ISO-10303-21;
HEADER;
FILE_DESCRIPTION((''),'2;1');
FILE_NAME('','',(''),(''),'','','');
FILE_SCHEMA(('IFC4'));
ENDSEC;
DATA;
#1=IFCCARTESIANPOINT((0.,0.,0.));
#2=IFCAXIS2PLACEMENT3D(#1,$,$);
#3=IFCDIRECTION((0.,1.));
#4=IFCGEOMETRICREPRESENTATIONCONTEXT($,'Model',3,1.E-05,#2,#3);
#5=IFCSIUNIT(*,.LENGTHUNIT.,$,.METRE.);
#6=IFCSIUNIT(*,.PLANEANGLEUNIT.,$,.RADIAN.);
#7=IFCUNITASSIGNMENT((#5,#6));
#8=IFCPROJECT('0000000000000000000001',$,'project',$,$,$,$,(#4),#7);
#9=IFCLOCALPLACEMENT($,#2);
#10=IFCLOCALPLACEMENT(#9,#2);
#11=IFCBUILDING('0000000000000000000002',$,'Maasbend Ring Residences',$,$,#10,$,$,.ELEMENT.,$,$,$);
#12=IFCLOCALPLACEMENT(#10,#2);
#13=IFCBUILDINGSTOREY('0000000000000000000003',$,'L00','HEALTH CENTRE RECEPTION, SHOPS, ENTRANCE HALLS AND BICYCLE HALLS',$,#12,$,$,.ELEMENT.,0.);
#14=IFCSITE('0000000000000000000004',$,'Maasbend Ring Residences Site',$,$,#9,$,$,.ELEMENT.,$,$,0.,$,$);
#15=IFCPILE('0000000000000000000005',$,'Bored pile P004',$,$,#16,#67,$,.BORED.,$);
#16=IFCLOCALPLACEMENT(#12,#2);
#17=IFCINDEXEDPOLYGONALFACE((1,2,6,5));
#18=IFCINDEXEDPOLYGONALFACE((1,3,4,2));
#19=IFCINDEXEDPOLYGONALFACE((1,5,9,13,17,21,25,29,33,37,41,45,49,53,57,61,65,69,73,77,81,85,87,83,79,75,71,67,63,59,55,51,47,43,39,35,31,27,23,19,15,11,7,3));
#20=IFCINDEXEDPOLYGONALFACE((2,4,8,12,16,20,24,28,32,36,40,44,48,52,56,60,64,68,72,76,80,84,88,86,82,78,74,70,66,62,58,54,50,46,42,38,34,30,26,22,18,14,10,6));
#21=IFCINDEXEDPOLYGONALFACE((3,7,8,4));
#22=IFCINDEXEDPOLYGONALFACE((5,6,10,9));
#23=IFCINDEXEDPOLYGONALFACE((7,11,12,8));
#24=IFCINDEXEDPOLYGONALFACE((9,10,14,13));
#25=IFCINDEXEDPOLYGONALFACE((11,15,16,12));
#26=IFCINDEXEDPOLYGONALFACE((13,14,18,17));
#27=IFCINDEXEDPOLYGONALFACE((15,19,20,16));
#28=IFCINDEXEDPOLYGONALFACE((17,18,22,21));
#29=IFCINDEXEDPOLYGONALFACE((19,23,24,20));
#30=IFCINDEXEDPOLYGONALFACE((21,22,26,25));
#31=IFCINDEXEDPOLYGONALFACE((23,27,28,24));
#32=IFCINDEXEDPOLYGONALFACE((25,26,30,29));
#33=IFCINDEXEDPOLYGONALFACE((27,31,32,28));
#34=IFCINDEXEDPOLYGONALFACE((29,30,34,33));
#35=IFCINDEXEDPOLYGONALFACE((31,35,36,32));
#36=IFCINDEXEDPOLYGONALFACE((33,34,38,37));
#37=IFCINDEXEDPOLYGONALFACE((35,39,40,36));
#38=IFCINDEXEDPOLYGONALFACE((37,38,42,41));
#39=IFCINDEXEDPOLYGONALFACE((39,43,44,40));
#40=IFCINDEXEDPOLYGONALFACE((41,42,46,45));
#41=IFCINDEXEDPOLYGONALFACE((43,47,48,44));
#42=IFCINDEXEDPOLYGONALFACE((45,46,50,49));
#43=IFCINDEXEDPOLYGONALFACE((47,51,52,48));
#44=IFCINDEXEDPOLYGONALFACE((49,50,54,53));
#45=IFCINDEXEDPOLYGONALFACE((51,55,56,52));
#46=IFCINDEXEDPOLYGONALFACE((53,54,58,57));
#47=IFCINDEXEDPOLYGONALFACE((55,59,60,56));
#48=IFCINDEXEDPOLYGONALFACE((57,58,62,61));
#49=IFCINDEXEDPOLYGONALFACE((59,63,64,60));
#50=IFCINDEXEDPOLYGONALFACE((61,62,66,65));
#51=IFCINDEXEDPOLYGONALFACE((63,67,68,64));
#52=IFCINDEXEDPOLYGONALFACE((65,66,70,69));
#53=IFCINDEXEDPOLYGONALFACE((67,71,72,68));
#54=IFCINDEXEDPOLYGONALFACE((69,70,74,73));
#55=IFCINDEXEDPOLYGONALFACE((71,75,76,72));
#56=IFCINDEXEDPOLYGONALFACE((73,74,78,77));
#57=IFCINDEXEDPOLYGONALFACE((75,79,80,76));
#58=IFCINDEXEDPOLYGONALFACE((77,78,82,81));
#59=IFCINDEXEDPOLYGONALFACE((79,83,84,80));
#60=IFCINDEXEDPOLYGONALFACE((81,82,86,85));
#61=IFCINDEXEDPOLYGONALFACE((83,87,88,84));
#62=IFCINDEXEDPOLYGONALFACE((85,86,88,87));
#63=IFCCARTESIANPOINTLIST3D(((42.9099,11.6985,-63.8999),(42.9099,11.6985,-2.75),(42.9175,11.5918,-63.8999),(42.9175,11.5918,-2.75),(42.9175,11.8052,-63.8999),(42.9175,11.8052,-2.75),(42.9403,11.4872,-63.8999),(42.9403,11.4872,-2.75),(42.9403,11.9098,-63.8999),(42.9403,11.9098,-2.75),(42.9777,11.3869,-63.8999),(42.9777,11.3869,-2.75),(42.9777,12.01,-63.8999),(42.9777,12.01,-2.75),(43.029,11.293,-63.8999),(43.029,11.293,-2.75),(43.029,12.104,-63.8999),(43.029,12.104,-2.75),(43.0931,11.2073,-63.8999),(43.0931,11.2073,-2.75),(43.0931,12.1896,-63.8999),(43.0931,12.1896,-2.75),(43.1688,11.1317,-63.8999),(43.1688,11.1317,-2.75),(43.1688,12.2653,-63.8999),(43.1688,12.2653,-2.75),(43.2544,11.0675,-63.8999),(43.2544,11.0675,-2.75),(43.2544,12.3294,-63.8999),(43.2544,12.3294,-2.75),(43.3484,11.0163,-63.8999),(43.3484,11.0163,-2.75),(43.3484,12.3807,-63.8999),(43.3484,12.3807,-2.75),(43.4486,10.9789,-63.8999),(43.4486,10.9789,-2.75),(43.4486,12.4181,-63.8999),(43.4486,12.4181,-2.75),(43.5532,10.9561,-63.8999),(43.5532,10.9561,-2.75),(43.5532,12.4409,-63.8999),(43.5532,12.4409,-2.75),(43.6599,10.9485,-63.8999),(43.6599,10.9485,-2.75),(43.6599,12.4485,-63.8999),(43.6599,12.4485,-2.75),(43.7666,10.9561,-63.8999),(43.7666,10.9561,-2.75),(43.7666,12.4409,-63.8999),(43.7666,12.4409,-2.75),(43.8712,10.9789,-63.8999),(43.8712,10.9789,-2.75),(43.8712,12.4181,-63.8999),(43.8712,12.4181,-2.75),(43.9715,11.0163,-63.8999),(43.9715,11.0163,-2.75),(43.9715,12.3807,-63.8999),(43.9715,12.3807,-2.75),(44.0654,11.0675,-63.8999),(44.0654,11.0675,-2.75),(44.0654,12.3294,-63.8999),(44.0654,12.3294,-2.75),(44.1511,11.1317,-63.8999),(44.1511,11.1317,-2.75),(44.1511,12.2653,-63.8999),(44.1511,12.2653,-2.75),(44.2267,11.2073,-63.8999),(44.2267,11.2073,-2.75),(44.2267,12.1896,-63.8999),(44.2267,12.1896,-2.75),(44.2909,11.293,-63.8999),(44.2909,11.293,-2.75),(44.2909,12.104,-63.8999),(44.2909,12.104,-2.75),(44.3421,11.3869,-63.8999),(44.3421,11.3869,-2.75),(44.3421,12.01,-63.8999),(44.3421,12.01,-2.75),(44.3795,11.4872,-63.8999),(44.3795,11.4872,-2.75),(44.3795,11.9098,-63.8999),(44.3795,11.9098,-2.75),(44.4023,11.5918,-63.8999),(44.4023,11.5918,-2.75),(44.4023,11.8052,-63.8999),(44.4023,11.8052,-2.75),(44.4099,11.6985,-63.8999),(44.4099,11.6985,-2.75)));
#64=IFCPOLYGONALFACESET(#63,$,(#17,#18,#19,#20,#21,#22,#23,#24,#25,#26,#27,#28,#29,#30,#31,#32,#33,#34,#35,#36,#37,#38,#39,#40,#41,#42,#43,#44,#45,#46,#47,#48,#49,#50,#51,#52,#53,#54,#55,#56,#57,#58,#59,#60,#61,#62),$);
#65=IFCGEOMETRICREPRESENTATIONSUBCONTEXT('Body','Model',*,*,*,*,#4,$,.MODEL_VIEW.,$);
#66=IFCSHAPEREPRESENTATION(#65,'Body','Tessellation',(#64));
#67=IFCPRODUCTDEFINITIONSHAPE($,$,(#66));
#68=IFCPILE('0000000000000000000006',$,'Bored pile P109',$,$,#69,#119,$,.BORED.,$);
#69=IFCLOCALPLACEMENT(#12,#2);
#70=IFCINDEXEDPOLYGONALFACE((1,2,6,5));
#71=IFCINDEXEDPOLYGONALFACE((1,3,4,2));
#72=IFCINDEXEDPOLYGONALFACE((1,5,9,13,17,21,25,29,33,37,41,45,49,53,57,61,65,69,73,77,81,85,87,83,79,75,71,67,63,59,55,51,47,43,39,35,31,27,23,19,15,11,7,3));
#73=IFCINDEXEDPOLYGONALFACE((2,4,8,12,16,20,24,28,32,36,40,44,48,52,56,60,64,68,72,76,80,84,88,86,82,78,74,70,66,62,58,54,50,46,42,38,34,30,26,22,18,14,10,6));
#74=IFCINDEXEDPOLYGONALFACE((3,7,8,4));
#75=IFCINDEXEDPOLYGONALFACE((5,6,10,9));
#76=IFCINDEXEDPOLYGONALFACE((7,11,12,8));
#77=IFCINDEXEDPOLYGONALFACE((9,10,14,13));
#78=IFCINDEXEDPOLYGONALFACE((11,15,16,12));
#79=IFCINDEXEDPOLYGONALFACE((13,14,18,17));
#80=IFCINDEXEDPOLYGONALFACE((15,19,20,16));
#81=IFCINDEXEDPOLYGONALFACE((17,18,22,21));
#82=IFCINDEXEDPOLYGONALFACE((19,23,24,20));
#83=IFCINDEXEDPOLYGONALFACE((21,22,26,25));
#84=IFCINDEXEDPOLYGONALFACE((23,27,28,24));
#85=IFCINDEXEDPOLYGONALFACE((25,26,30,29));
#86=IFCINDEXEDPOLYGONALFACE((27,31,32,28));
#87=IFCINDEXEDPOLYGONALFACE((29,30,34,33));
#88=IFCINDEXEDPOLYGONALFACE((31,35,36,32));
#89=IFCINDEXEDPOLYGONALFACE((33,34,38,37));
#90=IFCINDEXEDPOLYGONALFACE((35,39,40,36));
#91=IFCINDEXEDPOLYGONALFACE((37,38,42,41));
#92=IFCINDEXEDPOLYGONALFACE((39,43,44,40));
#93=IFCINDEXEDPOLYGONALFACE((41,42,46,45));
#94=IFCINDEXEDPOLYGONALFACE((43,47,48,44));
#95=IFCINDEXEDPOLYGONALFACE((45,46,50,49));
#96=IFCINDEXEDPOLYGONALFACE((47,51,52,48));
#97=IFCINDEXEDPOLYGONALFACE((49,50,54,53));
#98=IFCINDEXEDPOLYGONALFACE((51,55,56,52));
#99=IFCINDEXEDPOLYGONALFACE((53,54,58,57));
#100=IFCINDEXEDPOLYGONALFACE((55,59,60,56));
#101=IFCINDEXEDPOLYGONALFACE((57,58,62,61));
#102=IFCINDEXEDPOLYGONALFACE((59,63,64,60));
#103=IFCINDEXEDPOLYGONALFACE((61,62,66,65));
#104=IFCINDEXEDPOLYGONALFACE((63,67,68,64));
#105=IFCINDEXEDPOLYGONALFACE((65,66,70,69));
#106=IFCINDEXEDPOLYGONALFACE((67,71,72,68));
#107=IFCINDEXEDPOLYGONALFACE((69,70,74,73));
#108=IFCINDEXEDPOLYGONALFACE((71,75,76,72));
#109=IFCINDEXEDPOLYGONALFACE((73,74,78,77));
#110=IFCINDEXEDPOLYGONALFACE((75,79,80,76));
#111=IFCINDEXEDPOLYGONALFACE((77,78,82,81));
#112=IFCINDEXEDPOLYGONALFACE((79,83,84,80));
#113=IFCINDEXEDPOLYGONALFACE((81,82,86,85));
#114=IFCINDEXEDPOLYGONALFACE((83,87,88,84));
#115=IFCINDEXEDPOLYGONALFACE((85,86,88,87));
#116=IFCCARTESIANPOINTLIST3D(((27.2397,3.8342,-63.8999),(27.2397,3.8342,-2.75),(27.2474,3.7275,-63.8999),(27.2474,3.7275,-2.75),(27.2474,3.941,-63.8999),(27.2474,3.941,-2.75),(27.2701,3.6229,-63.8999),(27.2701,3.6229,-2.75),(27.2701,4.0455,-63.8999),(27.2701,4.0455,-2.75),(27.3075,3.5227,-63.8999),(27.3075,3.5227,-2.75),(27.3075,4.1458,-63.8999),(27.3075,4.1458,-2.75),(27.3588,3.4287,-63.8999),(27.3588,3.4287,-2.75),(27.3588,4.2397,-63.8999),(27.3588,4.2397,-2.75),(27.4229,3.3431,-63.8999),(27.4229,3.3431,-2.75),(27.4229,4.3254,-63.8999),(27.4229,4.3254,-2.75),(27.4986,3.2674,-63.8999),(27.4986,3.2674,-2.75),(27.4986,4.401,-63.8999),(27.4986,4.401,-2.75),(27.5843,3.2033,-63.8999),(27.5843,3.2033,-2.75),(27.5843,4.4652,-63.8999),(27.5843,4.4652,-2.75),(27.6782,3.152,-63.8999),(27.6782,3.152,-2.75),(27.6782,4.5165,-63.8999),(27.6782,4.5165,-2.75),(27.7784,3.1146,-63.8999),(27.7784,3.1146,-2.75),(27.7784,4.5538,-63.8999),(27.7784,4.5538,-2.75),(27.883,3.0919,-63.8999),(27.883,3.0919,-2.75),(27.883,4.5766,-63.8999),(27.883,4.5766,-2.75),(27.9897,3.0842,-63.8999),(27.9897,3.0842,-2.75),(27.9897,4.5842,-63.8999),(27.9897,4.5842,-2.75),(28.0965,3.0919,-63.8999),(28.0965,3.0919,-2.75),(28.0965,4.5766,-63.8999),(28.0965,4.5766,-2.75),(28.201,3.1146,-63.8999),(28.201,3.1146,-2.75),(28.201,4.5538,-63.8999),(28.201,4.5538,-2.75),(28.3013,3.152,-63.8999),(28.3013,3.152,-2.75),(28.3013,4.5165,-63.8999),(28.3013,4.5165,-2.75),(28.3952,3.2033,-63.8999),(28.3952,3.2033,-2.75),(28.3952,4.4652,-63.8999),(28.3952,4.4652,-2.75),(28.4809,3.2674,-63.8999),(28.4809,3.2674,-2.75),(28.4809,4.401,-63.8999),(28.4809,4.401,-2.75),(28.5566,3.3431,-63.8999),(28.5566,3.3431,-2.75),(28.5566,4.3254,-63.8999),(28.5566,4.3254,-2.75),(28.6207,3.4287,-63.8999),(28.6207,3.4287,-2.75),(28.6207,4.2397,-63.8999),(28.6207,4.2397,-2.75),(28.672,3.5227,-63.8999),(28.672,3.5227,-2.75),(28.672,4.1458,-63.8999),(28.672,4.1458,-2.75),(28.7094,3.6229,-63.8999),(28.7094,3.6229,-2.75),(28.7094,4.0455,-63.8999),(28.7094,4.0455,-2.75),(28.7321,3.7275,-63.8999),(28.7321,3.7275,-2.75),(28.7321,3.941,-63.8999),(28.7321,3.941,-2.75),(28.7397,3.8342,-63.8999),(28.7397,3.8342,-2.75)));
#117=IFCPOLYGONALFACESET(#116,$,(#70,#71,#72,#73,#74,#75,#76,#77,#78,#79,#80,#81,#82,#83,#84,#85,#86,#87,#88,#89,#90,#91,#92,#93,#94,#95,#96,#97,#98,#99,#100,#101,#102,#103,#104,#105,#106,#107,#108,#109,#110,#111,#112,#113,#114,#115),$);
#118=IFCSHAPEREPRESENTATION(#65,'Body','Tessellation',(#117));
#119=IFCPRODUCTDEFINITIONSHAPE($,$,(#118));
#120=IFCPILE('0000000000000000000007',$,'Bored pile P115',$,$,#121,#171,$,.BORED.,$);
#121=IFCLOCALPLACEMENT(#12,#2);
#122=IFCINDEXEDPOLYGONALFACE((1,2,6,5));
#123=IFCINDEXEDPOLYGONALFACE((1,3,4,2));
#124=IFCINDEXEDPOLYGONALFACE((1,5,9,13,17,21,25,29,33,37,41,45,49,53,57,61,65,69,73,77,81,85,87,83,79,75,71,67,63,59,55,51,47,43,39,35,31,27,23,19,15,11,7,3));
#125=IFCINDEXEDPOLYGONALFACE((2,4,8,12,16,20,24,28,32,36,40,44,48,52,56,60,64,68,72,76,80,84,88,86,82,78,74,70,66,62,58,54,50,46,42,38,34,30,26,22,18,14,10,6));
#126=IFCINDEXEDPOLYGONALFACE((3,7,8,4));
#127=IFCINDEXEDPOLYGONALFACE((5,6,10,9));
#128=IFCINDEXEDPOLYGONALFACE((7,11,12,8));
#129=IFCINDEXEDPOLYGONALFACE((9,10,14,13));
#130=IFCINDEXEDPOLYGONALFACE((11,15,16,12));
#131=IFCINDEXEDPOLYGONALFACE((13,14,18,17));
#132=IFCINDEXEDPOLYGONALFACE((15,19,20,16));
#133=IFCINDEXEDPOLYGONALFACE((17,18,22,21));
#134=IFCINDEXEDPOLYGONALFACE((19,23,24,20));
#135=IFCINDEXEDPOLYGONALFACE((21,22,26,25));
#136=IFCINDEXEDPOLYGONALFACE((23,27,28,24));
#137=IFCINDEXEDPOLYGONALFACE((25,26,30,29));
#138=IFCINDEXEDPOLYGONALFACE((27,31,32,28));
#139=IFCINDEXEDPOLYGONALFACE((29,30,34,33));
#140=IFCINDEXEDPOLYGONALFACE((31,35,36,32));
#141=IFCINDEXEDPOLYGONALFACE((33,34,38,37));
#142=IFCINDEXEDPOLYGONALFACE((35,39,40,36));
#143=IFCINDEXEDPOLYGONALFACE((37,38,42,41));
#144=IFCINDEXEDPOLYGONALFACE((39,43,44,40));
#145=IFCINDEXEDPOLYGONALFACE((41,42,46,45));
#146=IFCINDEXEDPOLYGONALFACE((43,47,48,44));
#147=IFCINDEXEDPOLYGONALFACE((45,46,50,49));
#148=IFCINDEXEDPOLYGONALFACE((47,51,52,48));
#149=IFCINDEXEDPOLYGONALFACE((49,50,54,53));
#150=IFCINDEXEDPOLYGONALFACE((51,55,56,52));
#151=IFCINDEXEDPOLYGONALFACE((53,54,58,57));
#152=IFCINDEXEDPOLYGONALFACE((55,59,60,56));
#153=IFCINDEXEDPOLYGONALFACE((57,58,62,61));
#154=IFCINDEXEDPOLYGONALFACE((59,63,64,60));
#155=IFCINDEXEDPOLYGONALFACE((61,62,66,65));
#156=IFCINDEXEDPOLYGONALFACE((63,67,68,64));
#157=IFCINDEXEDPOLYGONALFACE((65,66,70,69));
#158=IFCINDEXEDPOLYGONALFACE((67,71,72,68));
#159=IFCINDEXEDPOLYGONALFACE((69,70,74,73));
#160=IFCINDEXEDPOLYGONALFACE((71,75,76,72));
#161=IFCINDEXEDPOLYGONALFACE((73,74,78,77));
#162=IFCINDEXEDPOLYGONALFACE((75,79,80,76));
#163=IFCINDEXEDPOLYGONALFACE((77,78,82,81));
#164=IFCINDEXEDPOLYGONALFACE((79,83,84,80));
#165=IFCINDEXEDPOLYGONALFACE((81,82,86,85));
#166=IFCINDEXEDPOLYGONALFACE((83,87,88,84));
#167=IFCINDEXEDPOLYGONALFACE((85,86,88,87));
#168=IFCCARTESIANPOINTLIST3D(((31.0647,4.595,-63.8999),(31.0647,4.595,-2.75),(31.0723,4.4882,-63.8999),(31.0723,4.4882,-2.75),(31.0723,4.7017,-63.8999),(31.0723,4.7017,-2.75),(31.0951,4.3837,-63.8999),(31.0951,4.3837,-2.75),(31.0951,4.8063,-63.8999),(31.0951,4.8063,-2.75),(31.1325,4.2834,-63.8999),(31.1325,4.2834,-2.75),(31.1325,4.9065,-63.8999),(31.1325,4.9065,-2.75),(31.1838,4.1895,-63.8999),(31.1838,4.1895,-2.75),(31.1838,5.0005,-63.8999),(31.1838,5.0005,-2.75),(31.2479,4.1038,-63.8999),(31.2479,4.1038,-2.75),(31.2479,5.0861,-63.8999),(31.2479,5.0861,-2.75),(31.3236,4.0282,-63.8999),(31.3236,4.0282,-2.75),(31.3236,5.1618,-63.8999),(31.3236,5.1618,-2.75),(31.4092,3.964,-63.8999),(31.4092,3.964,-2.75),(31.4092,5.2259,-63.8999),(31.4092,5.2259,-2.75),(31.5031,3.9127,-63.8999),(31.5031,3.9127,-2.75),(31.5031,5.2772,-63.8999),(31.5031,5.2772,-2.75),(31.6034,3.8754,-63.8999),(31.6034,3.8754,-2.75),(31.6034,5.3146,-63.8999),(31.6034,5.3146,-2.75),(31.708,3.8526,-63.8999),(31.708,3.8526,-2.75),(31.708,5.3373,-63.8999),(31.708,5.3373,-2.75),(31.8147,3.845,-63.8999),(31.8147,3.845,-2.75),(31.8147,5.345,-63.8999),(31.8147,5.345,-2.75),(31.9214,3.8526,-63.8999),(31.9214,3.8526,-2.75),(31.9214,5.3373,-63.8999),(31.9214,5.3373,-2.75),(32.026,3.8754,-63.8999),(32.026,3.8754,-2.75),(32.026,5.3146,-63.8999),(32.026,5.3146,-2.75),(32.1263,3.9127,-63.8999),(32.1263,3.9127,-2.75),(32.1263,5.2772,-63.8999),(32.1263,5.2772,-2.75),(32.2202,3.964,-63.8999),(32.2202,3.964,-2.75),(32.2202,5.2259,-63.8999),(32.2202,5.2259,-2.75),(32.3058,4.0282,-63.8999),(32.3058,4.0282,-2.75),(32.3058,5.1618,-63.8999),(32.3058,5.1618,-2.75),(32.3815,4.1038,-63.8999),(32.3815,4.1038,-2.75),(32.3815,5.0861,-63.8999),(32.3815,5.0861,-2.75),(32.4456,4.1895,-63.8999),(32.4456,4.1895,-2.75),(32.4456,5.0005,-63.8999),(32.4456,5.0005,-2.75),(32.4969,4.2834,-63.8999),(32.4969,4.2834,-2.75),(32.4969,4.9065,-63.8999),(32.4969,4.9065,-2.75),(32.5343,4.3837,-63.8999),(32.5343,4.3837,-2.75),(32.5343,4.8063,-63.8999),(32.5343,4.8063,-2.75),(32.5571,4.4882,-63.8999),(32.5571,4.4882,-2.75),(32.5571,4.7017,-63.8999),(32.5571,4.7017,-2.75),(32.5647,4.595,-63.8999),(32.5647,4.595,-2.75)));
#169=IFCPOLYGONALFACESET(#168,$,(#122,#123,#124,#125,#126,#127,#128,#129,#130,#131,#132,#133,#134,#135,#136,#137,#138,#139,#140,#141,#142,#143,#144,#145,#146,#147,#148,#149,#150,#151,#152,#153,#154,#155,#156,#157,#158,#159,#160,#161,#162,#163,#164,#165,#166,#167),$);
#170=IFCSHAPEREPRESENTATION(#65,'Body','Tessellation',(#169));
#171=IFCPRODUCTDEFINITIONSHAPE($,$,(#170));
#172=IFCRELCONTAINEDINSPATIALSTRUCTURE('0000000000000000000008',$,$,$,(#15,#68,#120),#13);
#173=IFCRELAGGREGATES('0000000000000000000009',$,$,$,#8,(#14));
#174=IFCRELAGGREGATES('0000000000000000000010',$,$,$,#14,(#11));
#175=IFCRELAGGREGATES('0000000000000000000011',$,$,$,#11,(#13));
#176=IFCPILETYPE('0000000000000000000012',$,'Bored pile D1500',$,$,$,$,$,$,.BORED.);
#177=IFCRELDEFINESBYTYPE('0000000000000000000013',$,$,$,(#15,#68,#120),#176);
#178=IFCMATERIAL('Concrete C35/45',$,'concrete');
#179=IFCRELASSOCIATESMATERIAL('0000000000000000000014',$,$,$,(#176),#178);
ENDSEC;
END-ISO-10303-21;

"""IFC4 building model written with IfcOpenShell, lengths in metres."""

from ifc_helpers import new_model, si_unit, direction, frame, origin, origin_2d, place, context, subcontext, project, spatial, circle, extrude, material, material_profile, profile_set, type_object, element, save


model = new_model("IFC4")

# Units and contexts
model_context = context("Model", 3, precision=1e-05, world=origin(), true_north=direction((0.0, 1.0)))
body_context = subcontext(model_context, "Body", "Model", "MODEL_VIEW")
ifc_project = project(units=[si_unit("LENGTHUNIT", "METRE"), si_unit("PLANEANGLEUNIT", "RADIAN")], contexts=[model_context])

# Site, building, storey
site_placement = place(None, origin())
site = spatial("IfcSite", under=ifc_project, at=site_placement, Name="Maasbend Ring Residences Site", CompositionType="ELEMENT", RefElevation=0.0)
building_placement = place(site_placement, origin())
building = spatial("IfcBuilding", under=site, at=building_placement, Name="Maasbend Ring Residences", CompositionType="ELEMENT")
storey_placement = place(building_placement, origin())
storey = spatial("IfcBuildingStorey", under=building, at=storey_placement, Name="L00", Description="HEALTH CENTRE RECEPTION, SHOPS, ENTRANCE HALLS AND BICYCLE HALLS", CompositionType="ELEMENT", Elevation=0.0)

# Piles
ifc_material_1 = material(Name="Concrete C35/45", Category="concrete")
ifc_material_profile_1 = material_profile(ifc_material_1, circle(Radius=0.75, at=origin_2d()), Name="Bored pile D1500")
ifc_profile_set_1 = profile_set([ifc_material_profile_1], Name="Concrete C35/45")
pile_type = type_object("IfcPileType", Name="Bored pile D1500", PredefinedType="BORED", material=ifc_profile_set_1)
for number, where, z_axis, x_axis, name in (
    (1, (43.6599, 11.6985, -2.75), (0.0, 0.0, -1.0), (1.0, 0.0, 0.0), "Bored pile P004"),
    (2, (27.9897, 3.8342, -2.75), (0.0, 0.0, -1.0), (1.0, 0.0, 0.0), "Bored pile P109"),
    (3, (31.8147, 4.595, -2.75), (0.0, 0.0, -1.0), (1.0, 0.0, 0.0), "Bored pile P115"),
):
    element("IfcPile", number, at=place(storey_placement, frame(where, z_axis=z_axis, x_axis=x_axis)), inside=storey, type_object=pile_type, Name=name, PredefinedType="BORED", context=body_context, shape_type="SweptSolid", body=[
        extrude(circle(Radius=0.75, at=origin_2d()), origin(), (0.0, 0.0, 1.0), 61.1499),
    ])

save(model, "model.ifc")
